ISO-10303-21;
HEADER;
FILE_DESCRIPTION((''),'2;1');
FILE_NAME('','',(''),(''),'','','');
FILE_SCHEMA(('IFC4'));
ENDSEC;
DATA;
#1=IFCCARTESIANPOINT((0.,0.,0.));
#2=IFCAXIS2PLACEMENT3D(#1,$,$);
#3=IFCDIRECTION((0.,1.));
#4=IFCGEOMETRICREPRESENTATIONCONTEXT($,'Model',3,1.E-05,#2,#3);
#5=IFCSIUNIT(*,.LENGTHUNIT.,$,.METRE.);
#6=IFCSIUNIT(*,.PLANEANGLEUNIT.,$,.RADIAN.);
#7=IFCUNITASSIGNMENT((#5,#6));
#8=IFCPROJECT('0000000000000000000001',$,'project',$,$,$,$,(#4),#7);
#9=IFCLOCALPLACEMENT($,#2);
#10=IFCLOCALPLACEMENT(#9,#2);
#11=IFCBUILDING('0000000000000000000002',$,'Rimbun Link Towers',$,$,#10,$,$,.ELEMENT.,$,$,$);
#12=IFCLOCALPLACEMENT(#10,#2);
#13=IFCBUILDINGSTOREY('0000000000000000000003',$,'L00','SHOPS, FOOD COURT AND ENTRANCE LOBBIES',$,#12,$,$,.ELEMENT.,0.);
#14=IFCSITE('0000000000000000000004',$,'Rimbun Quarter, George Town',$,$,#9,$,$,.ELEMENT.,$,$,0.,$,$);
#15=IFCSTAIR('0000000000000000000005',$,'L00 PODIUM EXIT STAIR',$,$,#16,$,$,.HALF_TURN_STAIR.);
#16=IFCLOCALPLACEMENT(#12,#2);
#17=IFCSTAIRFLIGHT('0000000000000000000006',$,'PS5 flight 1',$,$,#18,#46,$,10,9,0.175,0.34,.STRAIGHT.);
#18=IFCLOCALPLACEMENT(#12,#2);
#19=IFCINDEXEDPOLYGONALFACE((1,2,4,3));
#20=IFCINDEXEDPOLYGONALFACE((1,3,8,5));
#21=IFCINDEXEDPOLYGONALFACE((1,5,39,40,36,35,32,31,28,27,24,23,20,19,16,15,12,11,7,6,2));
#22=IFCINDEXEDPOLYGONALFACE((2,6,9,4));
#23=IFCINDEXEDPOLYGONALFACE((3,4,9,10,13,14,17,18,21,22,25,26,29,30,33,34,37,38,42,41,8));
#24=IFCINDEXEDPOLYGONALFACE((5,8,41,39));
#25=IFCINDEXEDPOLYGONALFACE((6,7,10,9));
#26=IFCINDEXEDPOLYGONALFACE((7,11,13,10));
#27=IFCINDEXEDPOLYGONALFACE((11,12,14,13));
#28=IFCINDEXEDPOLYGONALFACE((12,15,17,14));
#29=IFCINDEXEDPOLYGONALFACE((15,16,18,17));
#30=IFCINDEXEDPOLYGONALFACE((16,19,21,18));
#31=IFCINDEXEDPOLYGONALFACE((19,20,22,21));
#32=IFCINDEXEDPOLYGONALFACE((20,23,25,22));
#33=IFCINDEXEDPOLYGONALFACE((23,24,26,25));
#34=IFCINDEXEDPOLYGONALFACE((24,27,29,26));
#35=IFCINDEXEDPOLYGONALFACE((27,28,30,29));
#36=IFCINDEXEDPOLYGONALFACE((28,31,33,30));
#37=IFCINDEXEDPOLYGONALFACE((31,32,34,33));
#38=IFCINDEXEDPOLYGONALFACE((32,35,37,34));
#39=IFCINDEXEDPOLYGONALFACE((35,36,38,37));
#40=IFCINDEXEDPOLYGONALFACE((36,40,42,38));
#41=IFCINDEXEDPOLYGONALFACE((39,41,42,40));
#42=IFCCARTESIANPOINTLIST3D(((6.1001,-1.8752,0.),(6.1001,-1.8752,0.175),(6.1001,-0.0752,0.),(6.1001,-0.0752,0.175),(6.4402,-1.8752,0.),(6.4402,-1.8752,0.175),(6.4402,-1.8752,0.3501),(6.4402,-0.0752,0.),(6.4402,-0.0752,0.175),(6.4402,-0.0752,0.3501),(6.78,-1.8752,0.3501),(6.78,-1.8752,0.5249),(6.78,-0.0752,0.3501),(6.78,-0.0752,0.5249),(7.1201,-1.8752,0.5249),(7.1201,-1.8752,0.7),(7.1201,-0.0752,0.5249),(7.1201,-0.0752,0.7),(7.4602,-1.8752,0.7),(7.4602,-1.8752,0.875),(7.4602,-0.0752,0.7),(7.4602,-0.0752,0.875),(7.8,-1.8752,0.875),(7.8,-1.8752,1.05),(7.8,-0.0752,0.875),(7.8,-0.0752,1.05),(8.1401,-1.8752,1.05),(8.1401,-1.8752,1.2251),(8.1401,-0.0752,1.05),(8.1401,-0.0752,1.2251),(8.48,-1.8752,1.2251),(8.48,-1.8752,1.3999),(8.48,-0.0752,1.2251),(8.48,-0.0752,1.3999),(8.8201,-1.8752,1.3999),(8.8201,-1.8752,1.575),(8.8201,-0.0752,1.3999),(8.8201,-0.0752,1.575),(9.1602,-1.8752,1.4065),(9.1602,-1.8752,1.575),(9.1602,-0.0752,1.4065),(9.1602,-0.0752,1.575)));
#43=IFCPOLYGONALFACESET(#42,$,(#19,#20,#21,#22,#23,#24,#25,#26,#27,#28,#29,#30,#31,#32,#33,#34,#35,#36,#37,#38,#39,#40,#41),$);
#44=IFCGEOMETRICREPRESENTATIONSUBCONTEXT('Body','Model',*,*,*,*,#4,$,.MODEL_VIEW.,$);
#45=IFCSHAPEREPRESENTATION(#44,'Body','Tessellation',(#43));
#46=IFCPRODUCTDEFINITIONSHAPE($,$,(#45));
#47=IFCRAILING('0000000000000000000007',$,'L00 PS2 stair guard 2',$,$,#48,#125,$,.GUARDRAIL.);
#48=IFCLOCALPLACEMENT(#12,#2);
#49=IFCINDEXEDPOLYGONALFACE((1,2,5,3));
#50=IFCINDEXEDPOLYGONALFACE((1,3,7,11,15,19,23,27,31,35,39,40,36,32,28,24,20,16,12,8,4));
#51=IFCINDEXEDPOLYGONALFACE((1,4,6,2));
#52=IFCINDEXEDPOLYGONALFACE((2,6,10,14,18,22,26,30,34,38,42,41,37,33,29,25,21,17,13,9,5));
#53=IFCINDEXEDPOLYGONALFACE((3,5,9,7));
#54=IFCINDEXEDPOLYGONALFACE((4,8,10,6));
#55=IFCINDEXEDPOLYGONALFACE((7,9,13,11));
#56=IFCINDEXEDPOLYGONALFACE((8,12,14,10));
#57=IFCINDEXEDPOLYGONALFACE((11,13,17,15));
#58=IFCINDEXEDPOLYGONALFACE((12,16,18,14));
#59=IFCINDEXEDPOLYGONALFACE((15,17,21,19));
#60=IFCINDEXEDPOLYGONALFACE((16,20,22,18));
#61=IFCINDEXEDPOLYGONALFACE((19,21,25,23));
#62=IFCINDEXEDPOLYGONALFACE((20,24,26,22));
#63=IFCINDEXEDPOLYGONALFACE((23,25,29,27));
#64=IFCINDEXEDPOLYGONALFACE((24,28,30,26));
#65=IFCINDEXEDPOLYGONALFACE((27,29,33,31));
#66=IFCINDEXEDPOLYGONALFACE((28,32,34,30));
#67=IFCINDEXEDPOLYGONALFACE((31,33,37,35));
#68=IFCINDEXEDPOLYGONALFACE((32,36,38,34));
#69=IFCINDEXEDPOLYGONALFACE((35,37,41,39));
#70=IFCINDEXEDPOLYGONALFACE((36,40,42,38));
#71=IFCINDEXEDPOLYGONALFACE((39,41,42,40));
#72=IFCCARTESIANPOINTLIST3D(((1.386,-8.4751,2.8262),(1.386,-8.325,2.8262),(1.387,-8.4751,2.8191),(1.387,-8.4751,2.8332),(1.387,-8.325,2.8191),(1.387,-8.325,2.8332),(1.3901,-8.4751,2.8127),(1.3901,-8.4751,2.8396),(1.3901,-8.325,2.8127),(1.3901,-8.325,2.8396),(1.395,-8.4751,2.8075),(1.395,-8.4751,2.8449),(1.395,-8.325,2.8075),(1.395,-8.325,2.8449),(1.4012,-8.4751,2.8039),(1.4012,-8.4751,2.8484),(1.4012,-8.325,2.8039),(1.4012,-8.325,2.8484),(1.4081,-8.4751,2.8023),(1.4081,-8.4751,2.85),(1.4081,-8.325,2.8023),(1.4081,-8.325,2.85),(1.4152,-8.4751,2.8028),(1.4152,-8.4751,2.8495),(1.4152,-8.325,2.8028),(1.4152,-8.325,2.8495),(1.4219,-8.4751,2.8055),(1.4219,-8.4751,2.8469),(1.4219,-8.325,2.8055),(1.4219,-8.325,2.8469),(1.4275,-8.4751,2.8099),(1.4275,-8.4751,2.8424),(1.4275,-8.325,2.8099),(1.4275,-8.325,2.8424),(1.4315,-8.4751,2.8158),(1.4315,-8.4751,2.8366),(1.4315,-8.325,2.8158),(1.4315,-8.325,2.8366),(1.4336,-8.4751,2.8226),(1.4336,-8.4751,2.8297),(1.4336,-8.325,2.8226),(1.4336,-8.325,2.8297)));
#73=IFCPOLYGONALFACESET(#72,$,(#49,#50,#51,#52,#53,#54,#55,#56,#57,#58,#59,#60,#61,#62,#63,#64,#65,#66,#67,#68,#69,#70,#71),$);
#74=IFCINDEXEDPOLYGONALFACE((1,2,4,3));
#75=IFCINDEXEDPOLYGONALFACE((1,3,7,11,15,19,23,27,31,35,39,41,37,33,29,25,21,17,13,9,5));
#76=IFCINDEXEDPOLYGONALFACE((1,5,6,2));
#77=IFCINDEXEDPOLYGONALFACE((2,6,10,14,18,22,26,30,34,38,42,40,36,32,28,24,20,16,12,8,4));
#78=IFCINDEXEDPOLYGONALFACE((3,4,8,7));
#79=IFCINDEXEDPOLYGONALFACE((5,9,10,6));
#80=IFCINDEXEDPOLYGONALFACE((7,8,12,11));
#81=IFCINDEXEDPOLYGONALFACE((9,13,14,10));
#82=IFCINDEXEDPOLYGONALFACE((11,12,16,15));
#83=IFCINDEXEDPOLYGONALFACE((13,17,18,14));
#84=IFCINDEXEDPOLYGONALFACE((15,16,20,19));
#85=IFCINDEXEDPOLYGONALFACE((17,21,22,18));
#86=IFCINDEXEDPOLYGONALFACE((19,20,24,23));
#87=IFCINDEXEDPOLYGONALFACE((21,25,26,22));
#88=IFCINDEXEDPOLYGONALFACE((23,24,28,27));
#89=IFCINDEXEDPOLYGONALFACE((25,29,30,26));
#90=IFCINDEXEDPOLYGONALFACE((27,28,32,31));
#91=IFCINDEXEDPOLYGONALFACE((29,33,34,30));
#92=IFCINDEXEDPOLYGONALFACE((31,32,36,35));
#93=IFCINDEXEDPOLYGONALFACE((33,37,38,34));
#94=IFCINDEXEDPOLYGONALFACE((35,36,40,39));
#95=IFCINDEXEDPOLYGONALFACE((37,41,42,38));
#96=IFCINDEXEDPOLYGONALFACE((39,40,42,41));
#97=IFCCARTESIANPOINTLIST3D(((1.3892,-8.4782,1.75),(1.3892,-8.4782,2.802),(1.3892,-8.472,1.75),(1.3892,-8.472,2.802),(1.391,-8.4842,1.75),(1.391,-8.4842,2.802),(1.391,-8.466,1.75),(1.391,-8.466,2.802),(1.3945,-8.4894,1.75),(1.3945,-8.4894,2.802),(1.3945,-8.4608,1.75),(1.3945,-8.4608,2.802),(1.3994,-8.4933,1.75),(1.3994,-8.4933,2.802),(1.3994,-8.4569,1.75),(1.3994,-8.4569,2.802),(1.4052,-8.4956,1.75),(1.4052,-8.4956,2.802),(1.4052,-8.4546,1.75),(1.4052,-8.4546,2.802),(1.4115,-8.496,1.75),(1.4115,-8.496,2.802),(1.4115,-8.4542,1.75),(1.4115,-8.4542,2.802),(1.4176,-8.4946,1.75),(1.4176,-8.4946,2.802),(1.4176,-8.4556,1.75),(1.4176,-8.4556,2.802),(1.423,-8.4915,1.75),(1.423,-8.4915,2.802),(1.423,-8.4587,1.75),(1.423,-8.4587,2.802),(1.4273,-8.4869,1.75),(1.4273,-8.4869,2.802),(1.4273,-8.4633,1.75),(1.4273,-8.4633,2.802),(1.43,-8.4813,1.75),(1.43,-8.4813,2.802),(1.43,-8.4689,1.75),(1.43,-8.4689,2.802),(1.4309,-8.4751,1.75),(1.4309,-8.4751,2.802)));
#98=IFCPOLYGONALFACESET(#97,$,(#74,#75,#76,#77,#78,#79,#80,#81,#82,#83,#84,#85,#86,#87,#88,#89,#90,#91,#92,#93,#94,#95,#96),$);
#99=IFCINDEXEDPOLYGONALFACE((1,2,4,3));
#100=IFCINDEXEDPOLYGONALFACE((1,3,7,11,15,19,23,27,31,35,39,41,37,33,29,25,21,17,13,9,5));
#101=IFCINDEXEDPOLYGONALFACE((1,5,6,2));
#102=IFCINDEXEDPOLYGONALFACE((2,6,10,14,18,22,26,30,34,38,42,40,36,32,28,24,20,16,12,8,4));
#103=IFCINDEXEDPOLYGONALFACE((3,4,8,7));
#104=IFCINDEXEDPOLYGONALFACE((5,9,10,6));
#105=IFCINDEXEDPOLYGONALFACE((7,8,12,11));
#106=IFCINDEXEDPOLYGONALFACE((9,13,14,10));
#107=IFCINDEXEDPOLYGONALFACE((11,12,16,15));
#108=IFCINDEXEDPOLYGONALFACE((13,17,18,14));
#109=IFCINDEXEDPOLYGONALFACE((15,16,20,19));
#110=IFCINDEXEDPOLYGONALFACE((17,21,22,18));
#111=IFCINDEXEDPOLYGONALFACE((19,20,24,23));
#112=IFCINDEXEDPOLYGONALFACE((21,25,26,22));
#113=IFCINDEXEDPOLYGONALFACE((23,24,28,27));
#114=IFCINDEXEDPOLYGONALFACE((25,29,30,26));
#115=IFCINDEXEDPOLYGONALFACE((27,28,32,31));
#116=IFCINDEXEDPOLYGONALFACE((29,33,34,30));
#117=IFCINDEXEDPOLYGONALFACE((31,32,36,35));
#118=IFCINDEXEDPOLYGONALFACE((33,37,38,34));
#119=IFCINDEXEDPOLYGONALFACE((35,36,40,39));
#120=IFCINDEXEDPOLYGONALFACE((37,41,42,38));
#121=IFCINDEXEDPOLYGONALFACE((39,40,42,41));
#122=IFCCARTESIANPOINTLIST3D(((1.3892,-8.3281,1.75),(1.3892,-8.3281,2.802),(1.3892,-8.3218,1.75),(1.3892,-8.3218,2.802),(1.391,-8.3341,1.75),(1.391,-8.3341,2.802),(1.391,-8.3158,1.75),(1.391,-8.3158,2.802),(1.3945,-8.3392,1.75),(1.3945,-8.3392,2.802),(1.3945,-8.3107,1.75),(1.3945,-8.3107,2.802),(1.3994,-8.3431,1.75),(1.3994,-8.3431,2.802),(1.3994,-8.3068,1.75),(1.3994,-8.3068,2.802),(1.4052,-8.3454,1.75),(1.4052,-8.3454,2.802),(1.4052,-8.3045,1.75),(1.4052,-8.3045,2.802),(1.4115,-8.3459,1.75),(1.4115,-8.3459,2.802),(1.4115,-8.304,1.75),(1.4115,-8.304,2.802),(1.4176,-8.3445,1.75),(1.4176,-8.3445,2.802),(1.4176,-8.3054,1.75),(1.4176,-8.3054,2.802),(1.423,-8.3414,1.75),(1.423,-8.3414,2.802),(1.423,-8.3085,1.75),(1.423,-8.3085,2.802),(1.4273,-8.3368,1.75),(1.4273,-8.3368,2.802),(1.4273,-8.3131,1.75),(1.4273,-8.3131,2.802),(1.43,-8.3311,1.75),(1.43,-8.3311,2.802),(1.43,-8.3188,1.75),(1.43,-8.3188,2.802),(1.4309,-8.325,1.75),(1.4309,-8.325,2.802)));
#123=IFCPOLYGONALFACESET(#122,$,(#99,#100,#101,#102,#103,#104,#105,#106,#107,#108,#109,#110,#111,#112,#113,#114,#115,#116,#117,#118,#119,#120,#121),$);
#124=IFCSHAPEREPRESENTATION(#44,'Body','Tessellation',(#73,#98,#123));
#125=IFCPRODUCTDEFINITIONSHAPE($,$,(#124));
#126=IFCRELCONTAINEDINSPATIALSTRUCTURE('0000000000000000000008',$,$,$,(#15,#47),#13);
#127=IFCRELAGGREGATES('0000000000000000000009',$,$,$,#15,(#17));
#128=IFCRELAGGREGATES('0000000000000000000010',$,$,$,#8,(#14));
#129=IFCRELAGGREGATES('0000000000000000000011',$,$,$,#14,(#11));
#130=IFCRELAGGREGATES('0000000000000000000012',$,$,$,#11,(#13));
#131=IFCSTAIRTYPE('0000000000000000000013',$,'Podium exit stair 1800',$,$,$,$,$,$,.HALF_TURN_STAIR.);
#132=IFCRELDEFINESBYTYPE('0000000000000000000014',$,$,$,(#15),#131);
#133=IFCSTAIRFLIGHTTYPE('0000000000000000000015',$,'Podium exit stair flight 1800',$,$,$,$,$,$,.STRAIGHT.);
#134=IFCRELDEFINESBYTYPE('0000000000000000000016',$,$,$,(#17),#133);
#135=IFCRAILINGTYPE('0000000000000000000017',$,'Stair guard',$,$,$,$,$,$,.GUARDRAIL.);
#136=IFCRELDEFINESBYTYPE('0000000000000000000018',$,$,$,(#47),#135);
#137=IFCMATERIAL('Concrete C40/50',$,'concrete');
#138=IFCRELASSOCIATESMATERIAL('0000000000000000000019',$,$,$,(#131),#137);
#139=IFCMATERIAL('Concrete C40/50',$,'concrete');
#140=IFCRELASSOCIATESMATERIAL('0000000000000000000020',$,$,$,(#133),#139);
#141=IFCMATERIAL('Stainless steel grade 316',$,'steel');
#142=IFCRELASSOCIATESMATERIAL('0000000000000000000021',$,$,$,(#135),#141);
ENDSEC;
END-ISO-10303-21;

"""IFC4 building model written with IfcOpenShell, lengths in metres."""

from ifc_helpers import new_model, si_unit, direction, frame, origin, origin_2d, place, context, subcontext, project, spatial, polyline, circle, outline, extrude, material, type_object, element, aggregate, save


model = new_model("IFC4")

# Units and contexts
model_context = context("Model", 3, precision=1e-05, world=origin(), true_north=direction((0.0, 1.0)))
body_context = subcontext(model_context, "Body", "Model", "MODEL_VIEW")
ifc_project = project(units=[si_unit("LENGTHUNIT", "METRE"), si_unit("PLANEANGLEUNIT", "RADIAN")], contexts=[model_context])

# Site, building, storey
site_placement = place(None, origin())
site = spatial("IfcSite", under=ifc_project, at=site_placement, Name="Rimbun Quarter, George Town", CompositionType="ELEMENT", RefElevation=0.0)
building_placement = place(site_placement, origin())
building = spatial("IfcBuilding", under=site, at=building_placement, Name="Rimbun Link Towers", CompositionType="ELEMENT")
storey_placement = place(building_placement, origin())
storey = spatial("IfcBuildingStorey", under=building, at=storey_placement, Name="L00", Description="SHOPS, FOOD COURT AND ENTRANCE LOBBIES", CompositionType="ELEMENT", Elevation=0.0)

# Shared definitions
ifc_material_1 = material(Name="Concrete C40/50", Category="concrete")
stair_type = type_object("IfcStairType", Name="Podium exit stair 1800", PredefinedType="HALF_TURN_STAIR", material=ifc_material_1)
ifc_material_2 = material(Name="Concrete C40/50", Category="concrete")
stair_flight_type = type_object("IfcStairFlightType", Name="Podium exit stair flight 1800", PredefinedType="STRAIGHT", material=ifc_material_2)

# Stair, stair flight
stair_1_placement = place(storey_placement, origin())
stair_1 = element("IfcStair", 1, at=stair_1_placement, inside=storey, type_object=stair_type, Name="L00 PODIUM EXIT STAIR", PredefinedType="HALF_TURN_STAIR")
stair_flight_1_placement = place(storey_placement, frame((6.1001, -0.9751, 0.0), z_axis=(0.0, 0.0, 1.0), x_axis=(1.0, 0.0, 0.0)))
stair_flight_1 = element("IfcStairFlight", 2, at=stair_flight_1_placement, type_object=stair_flight_type, Name="PS5 flight 1", NumberOfRisers=10, NumberOfTreads=9, PredefinedType="STRAIGHT", RiserHeight=0.175, TreadLength=0.34, context=body_context, shape_type="SweptSolid", body=[
    extrude(outline(polyline([(0.0, 0.0), (0.0, 0.175), (0.3401, 0.175), (0.3401, 0.3501), (0.6799, 0.3501), (0.6799, 0.5249), (1.02, 0.5249), (1.02, 0.7), (1.3601, 0.7), (1.3601, 0.875), (1.7, 0.875), (1.7, 1.05), (2.04, 1.05), (2.04, 1.2251), (2.3799, 1.2251), (2.3799, 1.3999), (2.72, 1.3999), (2.72, 1.575), (3.0601, 1.575), (3.0601, 1.75), (3.0601, 1.4065), (0.3401, 0.0), (0.0, 0.0)])), frame((0.0, 0.8999, 0.0), z_axis=(0.0, -1.0, 0.0), x_axis=(1.0, 0.0, 0.0)), (0.0, 0.0, 1.0), 1.8),
])
aggregate(stair_1, [stair_flight_1])

# Railing
ifc_material_3 = material(Name="Stainless steel grade 316", Category="steel")
railing_type_1 = type_object("IfcRailingType", Name="Stair guard", PredefinedType="GUARDRAIL", material=ifc_material_3)
railing_1_placement = place(storey_placement, frame((1.4099, -8.4751, 1.75)))
element("IfcRailing", 3, at=railing_1_placement, inside=storey, type_object=railing_type_1, Name="L00 PS2 stair guard 2", PredefinedType="GUARDRAIL", context=body_context, shape_type="SweptSolid", body=[
    extrude(circle(Radius=0.0239, at=origin_2d()), frame((0.0, 0.0, 1.0762), z_axis=(0.0, 1.0, 0.0), x_axis=(-1.0, 0.0, 0.0)), (0.0, 0.0, 1.0), 0.1501),
    extrude(circle(Radius=0.021, at=origin_2d()), origin(), (0.0, 0.0, 1.0), 1.052),
    extrude(circle(Radius=0.021, at=origin_2d()), frame((0.0, 0.1501, 0.0)), (0.0, 0.0, 1.0), 1.052),
])

save(model, "model.ifc")
